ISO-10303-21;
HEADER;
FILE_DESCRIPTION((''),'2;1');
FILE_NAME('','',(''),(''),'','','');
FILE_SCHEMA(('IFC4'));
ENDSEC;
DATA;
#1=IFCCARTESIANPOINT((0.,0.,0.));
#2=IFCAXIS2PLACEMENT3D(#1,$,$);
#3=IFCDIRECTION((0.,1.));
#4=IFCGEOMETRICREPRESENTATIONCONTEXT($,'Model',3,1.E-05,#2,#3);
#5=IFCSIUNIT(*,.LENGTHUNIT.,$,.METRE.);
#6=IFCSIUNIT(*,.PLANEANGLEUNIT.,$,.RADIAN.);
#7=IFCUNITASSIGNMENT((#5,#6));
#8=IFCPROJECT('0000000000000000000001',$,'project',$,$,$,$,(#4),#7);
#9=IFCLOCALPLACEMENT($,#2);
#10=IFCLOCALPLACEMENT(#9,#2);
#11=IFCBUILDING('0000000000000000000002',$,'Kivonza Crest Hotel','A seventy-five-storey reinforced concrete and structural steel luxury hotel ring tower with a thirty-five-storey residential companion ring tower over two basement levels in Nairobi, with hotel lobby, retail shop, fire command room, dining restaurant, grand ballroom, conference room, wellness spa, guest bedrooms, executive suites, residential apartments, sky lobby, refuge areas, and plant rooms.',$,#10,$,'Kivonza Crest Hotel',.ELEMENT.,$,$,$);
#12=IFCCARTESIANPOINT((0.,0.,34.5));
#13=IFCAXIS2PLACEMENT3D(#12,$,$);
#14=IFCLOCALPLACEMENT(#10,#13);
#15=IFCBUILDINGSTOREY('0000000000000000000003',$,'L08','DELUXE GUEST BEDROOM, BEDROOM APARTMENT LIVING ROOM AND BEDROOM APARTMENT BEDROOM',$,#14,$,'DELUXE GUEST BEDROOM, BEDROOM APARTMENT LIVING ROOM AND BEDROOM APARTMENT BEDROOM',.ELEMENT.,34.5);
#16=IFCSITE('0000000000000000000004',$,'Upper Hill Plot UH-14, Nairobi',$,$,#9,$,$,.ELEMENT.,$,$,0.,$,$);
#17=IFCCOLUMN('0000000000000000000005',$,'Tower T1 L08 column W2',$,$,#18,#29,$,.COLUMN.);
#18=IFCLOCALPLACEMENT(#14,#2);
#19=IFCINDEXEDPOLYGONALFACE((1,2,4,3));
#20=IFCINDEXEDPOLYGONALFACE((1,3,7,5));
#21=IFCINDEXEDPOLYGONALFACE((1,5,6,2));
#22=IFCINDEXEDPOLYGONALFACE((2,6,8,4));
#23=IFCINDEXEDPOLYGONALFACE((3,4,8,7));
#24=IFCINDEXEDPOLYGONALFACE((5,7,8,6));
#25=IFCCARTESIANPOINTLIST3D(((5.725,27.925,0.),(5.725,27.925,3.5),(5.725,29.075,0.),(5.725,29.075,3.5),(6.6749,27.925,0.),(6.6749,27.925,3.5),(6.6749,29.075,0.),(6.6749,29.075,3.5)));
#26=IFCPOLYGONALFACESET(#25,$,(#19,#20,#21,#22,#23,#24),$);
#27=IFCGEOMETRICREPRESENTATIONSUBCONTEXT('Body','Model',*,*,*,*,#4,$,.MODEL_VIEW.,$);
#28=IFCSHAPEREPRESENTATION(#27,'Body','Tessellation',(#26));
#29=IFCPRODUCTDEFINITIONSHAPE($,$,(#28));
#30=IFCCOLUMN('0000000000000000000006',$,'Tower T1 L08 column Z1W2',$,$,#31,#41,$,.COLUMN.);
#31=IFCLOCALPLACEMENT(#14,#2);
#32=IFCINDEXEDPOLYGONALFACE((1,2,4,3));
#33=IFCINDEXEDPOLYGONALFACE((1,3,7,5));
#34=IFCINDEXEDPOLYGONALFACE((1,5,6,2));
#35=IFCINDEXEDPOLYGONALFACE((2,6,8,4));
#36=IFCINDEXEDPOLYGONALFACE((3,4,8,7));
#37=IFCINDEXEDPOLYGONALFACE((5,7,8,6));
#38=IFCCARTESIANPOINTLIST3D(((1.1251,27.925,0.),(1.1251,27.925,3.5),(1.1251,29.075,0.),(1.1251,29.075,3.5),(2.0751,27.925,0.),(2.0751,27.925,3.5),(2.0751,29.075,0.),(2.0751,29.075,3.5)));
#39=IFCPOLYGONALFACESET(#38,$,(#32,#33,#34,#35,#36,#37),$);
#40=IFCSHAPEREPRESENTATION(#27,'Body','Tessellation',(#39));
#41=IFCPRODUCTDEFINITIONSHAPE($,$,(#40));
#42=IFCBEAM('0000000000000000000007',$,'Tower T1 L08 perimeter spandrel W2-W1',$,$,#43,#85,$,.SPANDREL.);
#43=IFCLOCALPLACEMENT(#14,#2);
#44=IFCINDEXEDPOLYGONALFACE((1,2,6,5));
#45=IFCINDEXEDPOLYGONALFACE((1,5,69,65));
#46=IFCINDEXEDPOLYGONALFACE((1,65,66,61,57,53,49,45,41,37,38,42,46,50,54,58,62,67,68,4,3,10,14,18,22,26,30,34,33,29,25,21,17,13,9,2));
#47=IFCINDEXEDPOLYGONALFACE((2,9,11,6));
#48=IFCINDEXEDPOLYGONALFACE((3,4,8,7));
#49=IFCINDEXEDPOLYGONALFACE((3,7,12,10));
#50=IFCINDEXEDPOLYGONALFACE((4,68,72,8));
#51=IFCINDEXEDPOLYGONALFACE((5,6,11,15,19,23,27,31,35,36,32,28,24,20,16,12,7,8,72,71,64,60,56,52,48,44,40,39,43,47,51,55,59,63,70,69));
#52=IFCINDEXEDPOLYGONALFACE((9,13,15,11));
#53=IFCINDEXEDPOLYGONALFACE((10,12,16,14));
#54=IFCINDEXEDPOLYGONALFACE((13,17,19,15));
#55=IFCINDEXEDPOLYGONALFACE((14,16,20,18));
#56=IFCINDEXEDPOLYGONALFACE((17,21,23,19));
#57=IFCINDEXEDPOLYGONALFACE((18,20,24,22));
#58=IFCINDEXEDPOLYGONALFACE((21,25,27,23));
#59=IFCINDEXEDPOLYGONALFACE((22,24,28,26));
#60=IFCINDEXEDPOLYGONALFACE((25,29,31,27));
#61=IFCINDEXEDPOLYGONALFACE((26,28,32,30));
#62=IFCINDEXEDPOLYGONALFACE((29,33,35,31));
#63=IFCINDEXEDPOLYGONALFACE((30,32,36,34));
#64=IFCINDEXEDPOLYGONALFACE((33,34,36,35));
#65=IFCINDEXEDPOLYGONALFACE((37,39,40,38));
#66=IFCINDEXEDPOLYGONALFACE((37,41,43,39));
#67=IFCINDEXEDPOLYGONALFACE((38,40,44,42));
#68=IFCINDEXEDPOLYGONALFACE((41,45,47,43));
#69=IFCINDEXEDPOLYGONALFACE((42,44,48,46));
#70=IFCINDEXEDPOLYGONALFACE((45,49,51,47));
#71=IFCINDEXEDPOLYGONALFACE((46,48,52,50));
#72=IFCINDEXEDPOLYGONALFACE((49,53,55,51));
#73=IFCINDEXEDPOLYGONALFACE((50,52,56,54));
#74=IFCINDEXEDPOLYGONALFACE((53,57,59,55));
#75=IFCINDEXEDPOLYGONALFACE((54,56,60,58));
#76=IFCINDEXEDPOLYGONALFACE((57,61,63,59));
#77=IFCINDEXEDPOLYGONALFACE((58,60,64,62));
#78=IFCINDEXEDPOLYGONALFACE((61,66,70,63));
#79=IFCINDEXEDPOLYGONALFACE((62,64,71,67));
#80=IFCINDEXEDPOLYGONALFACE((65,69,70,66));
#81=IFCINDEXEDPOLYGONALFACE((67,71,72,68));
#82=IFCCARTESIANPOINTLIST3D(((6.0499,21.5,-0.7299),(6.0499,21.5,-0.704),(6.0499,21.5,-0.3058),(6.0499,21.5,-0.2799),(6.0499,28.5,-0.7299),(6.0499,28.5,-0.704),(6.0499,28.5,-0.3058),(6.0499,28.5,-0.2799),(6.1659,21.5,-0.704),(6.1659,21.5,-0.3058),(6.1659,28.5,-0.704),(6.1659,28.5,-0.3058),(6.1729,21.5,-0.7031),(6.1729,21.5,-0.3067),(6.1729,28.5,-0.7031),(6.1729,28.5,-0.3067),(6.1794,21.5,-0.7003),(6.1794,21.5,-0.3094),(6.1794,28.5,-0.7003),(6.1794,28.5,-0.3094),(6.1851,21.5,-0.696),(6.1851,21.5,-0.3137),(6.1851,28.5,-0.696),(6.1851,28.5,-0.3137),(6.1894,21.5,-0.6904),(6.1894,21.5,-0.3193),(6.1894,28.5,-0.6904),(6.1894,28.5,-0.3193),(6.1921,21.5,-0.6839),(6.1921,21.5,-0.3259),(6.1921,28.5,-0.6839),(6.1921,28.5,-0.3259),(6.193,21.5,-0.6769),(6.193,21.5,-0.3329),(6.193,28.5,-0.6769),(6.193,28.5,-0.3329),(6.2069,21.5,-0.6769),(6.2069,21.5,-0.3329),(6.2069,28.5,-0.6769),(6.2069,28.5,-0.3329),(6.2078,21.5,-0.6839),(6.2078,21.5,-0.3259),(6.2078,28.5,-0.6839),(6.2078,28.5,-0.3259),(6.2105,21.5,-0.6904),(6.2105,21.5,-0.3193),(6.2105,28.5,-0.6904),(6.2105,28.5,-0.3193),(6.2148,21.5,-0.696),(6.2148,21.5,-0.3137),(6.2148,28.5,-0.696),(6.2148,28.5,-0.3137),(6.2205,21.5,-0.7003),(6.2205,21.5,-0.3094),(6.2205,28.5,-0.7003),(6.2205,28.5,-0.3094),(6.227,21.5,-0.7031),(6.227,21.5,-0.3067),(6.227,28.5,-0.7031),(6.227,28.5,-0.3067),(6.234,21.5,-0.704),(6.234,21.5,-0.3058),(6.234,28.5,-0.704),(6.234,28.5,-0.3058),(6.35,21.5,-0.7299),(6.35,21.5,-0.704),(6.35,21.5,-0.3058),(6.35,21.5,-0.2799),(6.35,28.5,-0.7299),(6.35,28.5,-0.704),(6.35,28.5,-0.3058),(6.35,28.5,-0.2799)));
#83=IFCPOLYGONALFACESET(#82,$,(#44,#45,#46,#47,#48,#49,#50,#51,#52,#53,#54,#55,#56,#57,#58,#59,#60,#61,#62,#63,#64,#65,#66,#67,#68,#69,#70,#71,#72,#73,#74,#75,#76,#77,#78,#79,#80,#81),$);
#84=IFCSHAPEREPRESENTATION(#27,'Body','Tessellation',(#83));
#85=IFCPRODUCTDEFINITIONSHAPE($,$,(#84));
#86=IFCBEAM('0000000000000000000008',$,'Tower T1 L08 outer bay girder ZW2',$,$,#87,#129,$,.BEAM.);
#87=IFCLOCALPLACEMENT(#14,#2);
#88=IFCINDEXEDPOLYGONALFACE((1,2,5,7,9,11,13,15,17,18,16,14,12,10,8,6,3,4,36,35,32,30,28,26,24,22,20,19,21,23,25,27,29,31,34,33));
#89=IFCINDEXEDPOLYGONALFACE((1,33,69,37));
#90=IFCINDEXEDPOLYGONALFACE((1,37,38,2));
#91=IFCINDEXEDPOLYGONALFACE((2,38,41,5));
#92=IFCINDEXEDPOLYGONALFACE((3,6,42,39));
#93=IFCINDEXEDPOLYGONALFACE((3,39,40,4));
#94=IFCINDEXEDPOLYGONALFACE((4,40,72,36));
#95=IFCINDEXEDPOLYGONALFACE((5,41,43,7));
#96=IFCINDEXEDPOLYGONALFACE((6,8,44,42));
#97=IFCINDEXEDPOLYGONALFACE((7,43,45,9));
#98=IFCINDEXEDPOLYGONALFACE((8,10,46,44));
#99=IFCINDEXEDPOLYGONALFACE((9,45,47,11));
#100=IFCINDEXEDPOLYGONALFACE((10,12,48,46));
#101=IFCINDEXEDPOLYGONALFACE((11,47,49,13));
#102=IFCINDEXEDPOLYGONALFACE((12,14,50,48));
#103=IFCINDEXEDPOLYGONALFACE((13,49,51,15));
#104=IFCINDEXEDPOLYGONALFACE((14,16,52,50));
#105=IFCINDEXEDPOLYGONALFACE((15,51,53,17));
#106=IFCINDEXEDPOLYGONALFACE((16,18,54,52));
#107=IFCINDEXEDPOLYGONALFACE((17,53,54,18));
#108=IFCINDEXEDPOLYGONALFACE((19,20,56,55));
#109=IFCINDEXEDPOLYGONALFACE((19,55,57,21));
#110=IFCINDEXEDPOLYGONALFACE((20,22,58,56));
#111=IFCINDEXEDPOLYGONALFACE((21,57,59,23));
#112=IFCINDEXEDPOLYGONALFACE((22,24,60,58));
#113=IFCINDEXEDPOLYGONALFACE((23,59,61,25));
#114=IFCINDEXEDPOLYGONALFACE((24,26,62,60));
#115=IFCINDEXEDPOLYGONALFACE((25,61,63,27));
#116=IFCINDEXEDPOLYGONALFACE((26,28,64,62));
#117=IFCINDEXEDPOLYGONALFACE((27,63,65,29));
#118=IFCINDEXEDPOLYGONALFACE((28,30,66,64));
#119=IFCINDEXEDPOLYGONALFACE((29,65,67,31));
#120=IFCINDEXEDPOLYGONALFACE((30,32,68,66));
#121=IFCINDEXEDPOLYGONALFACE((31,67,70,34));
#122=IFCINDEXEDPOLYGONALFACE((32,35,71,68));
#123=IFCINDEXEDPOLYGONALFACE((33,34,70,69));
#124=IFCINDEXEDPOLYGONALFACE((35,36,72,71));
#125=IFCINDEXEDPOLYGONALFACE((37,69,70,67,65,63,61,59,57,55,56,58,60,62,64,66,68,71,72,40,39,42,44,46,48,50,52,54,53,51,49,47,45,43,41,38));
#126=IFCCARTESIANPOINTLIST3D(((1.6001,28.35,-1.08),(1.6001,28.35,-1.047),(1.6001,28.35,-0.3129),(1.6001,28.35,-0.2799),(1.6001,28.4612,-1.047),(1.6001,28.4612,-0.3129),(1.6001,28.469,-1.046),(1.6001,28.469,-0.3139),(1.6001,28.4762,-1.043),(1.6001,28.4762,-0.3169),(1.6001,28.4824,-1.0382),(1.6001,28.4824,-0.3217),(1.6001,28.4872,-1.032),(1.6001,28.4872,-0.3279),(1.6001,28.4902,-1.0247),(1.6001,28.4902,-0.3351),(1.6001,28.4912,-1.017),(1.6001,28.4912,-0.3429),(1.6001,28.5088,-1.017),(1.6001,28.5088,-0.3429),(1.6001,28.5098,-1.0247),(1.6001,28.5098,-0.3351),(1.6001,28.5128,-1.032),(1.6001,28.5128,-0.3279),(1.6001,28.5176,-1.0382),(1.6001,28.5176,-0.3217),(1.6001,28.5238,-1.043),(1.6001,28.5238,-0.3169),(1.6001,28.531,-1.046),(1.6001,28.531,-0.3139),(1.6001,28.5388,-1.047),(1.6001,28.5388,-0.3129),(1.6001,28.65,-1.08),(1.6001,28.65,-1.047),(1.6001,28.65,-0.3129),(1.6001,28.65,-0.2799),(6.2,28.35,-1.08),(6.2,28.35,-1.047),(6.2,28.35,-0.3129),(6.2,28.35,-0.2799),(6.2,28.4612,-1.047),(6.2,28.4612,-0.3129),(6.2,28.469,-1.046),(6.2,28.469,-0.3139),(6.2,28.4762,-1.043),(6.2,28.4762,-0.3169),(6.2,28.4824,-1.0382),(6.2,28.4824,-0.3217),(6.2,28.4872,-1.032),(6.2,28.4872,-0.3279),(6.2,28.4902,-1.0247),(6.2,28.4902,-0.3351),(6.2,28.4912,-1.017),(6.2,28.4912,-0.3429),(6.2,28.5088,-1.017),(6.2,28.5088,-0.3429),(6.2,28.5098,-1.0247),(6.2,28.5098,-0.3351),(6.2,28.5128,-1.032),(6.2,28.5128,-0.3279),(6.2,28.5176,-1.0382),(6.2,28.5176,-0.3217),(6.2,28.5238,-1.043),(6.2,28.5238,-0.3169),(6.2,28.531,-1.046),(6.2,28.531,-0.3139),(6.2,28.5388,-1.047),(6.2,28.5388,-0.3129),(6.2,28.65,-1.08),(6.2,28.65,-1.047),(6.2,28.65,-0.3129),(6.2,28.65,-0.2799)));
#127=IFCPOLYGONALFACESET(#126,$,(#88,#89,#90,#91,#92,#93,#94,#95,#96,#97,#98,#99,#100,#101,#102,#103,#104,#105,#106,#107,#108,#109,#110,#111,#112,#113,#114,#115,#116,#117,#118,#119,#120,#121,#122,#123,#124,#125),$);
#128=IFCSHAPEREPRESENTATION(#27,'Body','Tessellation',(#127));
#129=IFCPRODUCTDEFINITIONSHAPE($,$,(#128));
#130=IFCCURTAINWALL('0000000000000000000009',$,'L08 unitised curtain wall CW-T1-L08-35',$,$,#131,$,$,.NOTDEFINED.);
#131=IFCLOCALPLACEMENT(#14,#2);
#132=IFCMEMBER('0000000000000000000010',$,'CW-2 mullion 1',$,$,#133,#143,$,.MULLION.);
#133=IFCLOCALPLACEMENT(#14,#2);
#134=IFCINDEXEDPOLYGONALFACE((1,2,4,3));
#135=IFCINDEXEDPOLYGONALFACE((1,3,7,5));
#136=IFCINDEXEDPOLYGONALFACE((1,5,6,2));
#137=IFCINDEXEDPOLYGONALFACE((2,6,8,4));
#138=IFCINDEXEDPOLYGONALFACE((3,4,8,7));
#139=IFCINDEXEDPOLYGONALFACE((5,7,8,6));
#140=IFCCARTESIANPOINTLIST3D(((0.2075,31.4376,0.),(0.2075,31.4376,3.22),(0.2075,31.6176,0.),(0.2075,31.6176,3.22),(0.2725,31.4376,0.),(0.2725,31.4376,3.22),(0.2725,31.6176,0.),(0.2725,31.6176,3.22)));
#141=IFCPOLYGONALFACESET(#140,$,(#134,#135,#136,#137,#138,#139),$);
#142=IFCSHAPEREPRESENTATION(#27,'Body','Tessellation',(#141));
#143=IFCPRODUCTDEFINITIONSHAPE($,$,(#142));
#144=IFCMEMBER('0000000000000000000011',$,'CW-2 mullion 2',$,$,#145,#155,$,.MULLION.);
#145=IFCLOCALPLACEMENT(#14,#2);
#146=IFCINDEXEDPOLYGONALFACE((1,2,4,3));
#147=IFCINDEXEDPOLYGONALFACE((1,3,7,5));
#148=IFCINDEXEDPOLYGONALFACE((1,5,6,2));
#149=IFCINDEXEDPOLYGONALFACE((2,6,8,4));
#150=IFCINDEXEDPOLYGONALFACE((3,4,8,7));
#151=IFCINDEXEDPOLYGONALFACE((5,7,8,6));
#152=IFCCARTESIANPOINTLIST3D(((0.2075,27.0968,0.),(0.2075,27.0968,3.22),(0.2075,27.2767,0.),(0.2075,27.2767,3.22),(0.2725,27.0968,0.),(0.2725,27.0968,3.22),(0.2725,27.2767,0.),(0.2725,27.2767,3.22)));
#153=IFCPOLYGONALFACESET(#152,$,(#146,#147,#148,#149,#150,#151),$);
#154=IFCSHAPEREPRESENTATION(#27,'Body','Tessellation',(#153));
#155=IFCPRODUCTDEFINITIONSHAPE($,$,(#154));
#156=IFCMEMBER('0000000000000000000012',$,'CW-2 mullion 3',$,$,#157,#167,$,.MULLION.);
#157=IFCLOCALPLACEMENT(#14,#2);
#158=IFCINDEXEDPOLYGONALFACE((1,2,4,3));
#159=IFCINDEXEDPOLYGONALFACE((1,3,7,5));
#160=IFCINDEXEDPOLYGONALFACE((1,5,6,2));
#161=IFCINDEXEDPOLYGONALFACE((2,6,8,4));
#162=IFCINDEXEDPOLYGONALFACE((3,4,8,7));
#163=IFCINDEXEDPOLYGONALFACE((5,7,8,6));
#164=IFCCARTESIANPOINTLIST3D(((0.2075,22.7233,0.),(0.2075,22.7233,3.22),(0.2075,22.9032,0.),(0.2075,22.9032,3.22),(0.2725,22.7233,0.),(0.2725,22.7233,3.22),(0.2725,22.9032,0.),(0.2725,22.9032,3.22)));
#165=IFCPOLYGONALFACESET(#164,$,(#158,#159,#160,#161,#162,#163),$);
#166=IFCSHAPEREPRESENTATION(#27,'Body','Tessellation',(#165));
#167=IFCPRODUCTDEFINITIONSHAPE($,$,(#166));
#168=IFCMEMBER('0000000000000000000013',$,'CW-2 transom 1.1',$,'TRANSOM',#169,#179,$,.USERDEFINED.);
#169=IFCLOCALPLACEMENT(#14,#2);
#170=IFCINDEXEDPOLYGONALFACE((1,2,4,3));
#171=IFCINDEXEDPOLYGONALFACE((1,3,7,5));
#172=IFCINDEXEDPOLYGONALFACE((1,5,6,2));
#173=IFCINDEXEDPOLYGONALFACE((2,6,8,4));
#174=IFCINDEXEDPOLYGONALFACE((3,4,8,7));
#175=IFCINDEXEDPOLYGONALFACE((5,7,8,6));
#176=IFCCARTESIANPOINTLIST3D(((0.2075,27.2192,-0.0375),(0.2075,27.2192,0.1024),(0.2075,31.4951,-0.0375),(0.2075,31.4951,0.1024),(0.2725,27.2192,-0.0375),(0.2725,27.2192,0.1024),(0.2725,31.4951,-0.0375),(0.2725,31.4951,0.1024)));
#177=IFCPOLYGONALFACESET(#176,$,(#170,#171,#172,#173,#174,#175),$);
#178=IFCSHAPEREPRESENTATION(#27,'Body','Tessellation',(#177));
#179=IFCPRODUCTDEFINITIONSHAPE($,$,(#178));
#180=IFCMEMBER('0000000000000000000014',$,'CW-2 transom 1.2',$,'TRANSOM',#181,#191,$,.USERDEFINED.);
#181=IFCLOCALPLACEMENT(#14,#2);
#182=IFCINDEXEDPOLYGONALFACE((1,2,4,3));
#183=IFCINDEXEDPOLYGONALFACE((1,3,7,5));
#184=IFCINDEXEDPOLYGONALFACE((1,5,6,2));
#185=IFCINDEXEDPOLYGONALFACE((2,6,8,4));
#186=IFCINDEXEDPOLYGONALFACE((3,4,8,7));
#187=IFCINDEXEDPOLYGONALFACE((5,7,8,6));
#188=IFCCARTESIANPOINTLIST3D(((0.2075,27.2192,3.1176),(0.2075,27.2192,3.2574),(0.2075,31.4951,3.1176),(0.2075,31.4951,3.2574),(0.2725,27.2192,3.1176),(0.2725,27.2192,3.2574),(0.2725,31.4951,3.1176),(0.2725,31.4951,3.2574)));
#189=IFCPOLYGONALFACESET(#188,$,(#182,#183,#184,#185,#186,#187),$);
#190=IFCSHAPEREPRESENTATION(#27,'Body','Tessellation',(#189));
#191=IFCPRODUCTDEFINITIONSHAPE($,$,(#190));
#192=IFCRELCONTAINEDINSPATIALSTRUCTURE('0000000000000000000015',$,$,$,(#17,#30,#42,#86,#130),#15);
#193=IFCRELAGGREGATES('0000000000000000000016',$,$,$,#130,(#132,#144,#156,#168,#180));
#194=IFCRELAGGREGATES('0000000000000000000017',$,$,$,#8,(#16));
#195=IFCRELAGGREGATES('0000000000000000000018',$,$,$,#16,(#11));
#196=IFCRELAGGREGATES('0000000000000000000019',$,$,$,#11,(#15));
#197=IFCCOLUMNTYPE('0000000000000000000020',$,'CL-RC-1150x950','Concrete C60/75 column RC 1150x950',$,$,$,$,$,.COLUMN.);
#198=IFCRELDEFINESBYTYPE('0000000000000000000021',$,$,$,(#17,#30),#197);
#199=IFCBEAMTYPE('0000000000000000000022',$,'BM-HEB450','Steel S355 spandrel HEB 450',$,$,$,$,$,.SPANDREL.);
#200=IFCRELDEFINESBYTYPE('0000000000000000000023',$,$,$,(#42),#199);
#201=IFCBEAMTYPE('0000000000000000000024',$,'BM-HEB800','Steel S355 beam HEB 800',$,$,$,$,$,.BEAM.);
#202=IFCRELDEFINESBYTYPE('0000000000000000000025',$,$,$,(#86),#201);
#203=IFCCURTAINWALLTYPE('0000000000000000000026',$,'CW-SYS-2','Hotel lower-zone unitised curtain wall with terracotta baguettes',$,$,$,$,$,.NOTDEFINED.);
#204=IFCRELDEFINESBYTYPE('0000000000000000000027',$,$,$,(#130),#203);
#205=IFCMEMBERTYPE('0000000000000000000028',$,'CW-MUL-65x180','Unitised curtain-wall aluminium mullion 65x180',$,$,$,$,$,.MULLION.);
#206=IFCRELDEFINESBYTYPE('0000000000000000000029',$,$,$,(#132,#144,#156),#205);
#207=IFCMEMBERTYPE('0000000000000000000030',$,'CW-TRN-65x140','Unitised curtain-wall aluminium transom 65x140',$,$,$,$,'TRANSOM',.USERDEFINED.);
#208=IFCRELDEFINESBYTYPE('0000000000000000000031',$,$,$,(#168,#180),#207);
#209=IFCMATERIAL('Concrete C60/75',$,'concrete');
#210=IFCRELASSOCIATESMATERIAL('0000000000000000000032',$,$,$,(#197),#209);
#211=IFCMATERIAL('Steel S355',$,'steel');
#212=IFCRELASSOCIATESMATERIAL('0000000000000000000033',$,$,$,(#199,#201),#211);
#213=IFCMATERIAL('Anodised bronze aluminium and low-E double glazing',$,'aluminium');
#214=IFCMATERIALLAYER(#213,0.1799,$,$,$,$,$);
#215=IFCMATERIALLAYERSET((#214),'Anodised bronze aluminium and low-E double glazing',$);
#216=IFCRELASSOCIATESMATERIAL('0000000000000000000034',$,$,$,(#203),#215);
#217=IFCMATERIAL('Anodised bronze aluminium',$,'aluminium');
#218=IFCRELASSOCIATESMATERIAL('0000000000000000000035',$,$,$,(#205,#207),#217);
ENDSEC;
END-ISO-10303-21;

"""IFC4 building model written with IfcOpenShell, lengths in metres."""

from ifc_helpers import new_model, si_unit, direction, frame, origin, origin_2d, place, context, subcontext, project, spatial, rectangle, i_section, extrude, material, layer, layer_set, material_profile, profile_set, type_object, element, aggregate, save


model = new_model("IFC4")

# Units and contexts
model_context = context("Model", 3, precision=1e-05, world=origin(), true_north=direction((0.0, 1.0)))
body_context = subcontext(model_context, "Body", "Model", "MODEL_VIEW")
ifc_project = project(units=[si_unit("LENGTHUNIT", "METRE"), si_unit("PLANEANGLEUNIT", "RADIAN")], contexts=[model_context])

# Site, building, storey
site_placement = place(None, origin())
site = spatial("IfcSite", under=ifc_project, at=site_placement, Name="Upper Hill Plot UH-14, Nairobi", CompositionType="ELEMENT", RefElevation=0.0)
building_placement = place(site_placement, origin())
building = spatial("IfcBuilding", under=site, at=building_placement, Name="Kivonza Crest Hotel", Description="A seventy-five-storey reinforced concrete and structural steel luxury hotel ring tower with a thirty-five-storey residential companion ring tower over two basement levels in Nairobi, with hotel lobby, retail shop, fire command room, dining restaurant, grand ballroom, conference room, wellness spa, guest bedrooms, executive suites, residential apartments, sky lobby, refuge areas, and plant rooms.", LongName="Kivonza Crest Hotel", CompositionType="ELEMENT")
storey_placement = place(building_placement, frame((0.0, 0.0, 34.5)))
storey = spatial("IfcBuildingStorey", under=building, at=storey_placement, Name="L08", Description="DELUXE GUEST BEDROOM, BEDROOM APARTMENT LIVING ROOM AND BEDROOM APARTMENT BEDROOM", LongName="DELUXE GUEST BEDROOM, BEDROOM APARTMENT LIVING ROOM AND BEDROOM APARTMENT BEDROOM", CompositionType="ELEMENT", Elevation=34.5)

# Columns
ifc_material_1 = material(Name="Concrete C60/75", Category="concrete")
ifc_material_profile_1 = material_profile(ifc_material_1, rectangle(XDim=0.95, YDim=1.1499, at=origin_2d()), Name="RC 1150x950")
ifc_profile_set_1 = profile_set([ifc_material_profile_1], Name="Concrete C60/75")
column_type = type_object("IfcColumnType", Name="CL-RC-1150x950", Description="Concrete C60/75 column RC 1150x950", PredefinedType="COLUMN", material=ifc_profile_set_1)
for number, where, z_axis, x_axis, name in (
    (1, (6.2, 28.5, 0.0), (0.0, 0.0, 1.0), (1.0, 0.0, 0.0), "Tower T1 L08 column W2"),
    (2, (1.6001, 28.5, 0.0), (0.0, 0.0, 1.0), (1.0, 0.0, 0.0), "Tower T1 L08 column Z1W2"),
):
    element("IfcColumn", number, at=place(storey_placement, frame(where, z_axis=z_axis, x_axis=x_axis)), inside=storey, type_object=column_type, Name=name, PredefinedType="COLUMN", context=body_context, shape_type="SweptSolid", body=[
        extrude(rectangle(XDim=0.95, YDim=1.1499, at=origin_2d()), origin(), (0.0, 0.0, 1.0), 3.5),
    ])

# Beams
ifc_material_2 = material(Name="Steel S355", Category="steel")
ifc_material_profile_2 = material_profile(ifc_material_2, i_section(OverallWidth=0.3, OverallDepth=0.45, WebThickness=0.0139, FlangeThickness=0.0259, FilletRadius=0.0271, at=origin_2d()), Name="HEB 450")
ifc_profile_set_2 = profile_set([ifc_material_profile_2], Name="Steel S355")
beam_type_1 = type_object("IfcBeamType", Name="BM-HEB450", Description="Steel S355 spandrel HEB 450", PredefinedType="SPANDREL", material=ifc_profile_set_2)
beam_1_placement = place(storey_placement, frame((6.2, 28.5, -0.5049), z_axis=(0.0, -1.0, 0.0), x_axis=(1.0, 0.0, 0.0)))
element("IfcBeam", 3, at=beam_1_placement, inside=storey, type_object=beam_type_1, Name="Tower T1 L08 perimeter spandrel W2-W1", PredefinedType="SPANDREL", context=body_context, shape_type="SweptSolid", body=[
    extrude(i_section(OverallWidth=0.3, OverallDepth=0.45, WebThickness=0.0139, FlangeThickness=0.0259, FilletRadius=0.0271, at=origin_2d()), origin(), (0.0, 0.0, 1.0), 7.0),
])
ifc_material_profile_3 = material_profile(ifc_material_2, i_section(OverallWidth=0.3, OverallDepth=0.8, WebThickness=0.0176, FlangeThickness=0.033, FilletRadius=0.03, at=origin_2d()), Name="HEB 800")
ifc_profile_set_3 = profile_set([ifc_material_profile_3], Name="Steel S355")
beam_type_2 = type_object("IfcBeamType", Name="BM-HEB800", Description="Steel S355 beam HEB 800", PredefinedType="BEAM", material=ifc_profile_set_3)
beam_2_placement = place(storey_placement, frame((1.6001, 28.5, -0.6799), z_axis=(1.0, 0.0, 0.0), x_axis=(0.0, 1.0, 0.0)))
element("IfcBeam", 4, at=beam_2_placement, inside=storey, type_object=beam_type_2, Name="Tower T1 L08 outer bay girder ZW2", PredefinedType="BEAM", context=body_context, shape_type="SweptSolid", body=[
    extrude(i_section(OverallWidth=0.3, OverallDepth=0.8, WebThickness=0.0176, FlangeThickness=0.033, FilletRadius=0.03, at=origin_2d()), origin(), (0.0, 0.0, 1.0), 4.5999),
])

# Curtain wall, members
ifc_material_3 = material(Name="Anodised bronze aluminium and low-E double glazing", Category="aluminium")
ifc_layer_1 = layer(ifc_material_3, 0.1799)
ifc_layer_set_1 = layer_set([ifc_layer_1], Name="Anodised bronze aluminium and low-E double glazing")
curtain_wall_type = type_object("IfcCurtainWallType", Name="CW-SYS-2", Description="Hotel lower-zone unitised curtain wall with terracotta baguettes", PredefinedType="NOTDEFINED", material=ifc_layer_set_1)
curtain_wall_placement = place(storey_placement, origin())
curtain_wall = element("IfcCurtainWall", 5, at=curtain_wall_placement, inside=storey, type_object=curtain_wall_type, Name="L08 unitised curtain wall CW-T1-L08-35", PredefinedType="NOTDEFINED")
ifc_material_4 = material(Name="Anodised bronze aluminium", Category="aluminium")
ifc_material_profile_4 = material_profile(ifc_material_4, rectangle(XDim=0.0649, YDim=0.1799, at=origin_2d()), Name="CW-M 65x180")
ifc_profile_set_4 = profile_set([ifc_material_profile_4], Name="Anodised bronze aluminium")
member_type_1 = type_object("IfcMemberType", Name="CW-MUL-65x180", Description="Unitised curtain-wall aluminium mullion 65x180", PredefinedType="MULLION", material=ifc_profile_set_4)
member_1_placement = place(storey_placement, frame((0.24, 31.5276, 0.0), z_axis=(0.0, 0.0, 1.0), x_axis=(1.0, 0.0, 0.0)))
member_1 = element("IfcMember", 6, at=member_1_placement, type_object=member_type_1, Name="CW-2 mullion 1", PredefinedType="MULLION", context=body_context, shape_type="SweptSolid", body=[
    extrude(rectangle(XDim=0.0649, YDim=0.1799, at=origin_2d()), origin(), (0.0, 0.0, 1.0), 3.22),
])
member_2_placement = place(storey_placement, frame((0.24, 27.1868, 0.0), z_axis=(0.0, 0.0, 1.0), x_axis=(1.0, 0.0, 0.0)))
member_2 = element("IfcMember", 7, at=member_2_placement, type_object=member_type_1, Name="CW-2 mullion 2", PredefinedType="MULLION", context=body_context, shape_type="SweptSolid", body=[
    extrude(rectangle(XDim=0.0649, YDim=0.1799, at=origin_2d()), origin(), (0.0, 0.0, 1.0), 3.22),
])
member_3_placement = place(storey_placement, frame((0.24, 22.8132, 0.0), z_axis=(0.0, 0.0, 1.0), x_axis=(1.0, 0.0, 0.0)))
member_3 = element("IfcMember", 8, at=member_3_placement, type_object=member_type_1, Name="CW-2 mullion 3", PredefinedType="MULLION", context=body_context, shape_type="SweptSolid", body=[
    extrude(rectangle(XDim=0.0649, YDim=0.1799, at=origin_2d()), origin(), (0.0, 0.0, 1.0), 3.22),
])
ifc_material_profile_5 = material_profile(ifc_material_4, rectangle(XDim=0.0649, YDim=0.1399, at=origin_2d()), Name="CW-T 65x140")
ifc_profile_set_5 = profile_set([ifc_material_profile_5], Name="Anodised bronze aluminium")
member_type_2 = type_object("IfcMemberType", Name="CW-TRN-65x140", Description="Unitised curtain-wall aluminium transom 65x140", ElementType="TRANSOM", PredefinedType="USERDEFINED", material=ifc_profile_set_5)
member_4_placement = place(storey_placement, frame((0.24, 31.4951, 0.0325), z_axis=(0.0, -1.0, 0.0), x_axis=(1.0, 0.0, 0.0)))
member_4 = element("IfcMember", 9, at=member_4_placement, type_object=member_type_2, Name="CW-2 transom 1.1", ObjectType="TRANSOM", PredefinedType="USERDEFINED", context=body_context, shape_type="SweptSolid", body=[
    extrude(rectangle(XDim=0.0649, YDim=0.1399, at=origin_2d()), origin(), (0.0, 0.0, 1.0), 4.2759),
])
member_5_placement = place(storey_placement, frame((0.24, 31.4951, 3.1875), z_axis=(0.0, -1.0, 0.0), x_axis=(1.0, 0.0, 0.0)))
member_5 = element("IfcMember", 10, at=member_5_placement, type_object=member_type_2, Name="CW-2 transom 1.2", ObjectType="TRANSOM", PredefinedType="USERDEFINED", context=body_context, shape_type="SweptSolid", body=[
    extrude(rectangle(XDim=0.0649, YDim=0.1399, at=origin_2d()), origin(), (0.0, 0.0, 1.0), 4.2759),
])
aggregate(curtain_wall, [member_1, member_2, member_3, member_4, member_5])

save(model, "model.ifc")
